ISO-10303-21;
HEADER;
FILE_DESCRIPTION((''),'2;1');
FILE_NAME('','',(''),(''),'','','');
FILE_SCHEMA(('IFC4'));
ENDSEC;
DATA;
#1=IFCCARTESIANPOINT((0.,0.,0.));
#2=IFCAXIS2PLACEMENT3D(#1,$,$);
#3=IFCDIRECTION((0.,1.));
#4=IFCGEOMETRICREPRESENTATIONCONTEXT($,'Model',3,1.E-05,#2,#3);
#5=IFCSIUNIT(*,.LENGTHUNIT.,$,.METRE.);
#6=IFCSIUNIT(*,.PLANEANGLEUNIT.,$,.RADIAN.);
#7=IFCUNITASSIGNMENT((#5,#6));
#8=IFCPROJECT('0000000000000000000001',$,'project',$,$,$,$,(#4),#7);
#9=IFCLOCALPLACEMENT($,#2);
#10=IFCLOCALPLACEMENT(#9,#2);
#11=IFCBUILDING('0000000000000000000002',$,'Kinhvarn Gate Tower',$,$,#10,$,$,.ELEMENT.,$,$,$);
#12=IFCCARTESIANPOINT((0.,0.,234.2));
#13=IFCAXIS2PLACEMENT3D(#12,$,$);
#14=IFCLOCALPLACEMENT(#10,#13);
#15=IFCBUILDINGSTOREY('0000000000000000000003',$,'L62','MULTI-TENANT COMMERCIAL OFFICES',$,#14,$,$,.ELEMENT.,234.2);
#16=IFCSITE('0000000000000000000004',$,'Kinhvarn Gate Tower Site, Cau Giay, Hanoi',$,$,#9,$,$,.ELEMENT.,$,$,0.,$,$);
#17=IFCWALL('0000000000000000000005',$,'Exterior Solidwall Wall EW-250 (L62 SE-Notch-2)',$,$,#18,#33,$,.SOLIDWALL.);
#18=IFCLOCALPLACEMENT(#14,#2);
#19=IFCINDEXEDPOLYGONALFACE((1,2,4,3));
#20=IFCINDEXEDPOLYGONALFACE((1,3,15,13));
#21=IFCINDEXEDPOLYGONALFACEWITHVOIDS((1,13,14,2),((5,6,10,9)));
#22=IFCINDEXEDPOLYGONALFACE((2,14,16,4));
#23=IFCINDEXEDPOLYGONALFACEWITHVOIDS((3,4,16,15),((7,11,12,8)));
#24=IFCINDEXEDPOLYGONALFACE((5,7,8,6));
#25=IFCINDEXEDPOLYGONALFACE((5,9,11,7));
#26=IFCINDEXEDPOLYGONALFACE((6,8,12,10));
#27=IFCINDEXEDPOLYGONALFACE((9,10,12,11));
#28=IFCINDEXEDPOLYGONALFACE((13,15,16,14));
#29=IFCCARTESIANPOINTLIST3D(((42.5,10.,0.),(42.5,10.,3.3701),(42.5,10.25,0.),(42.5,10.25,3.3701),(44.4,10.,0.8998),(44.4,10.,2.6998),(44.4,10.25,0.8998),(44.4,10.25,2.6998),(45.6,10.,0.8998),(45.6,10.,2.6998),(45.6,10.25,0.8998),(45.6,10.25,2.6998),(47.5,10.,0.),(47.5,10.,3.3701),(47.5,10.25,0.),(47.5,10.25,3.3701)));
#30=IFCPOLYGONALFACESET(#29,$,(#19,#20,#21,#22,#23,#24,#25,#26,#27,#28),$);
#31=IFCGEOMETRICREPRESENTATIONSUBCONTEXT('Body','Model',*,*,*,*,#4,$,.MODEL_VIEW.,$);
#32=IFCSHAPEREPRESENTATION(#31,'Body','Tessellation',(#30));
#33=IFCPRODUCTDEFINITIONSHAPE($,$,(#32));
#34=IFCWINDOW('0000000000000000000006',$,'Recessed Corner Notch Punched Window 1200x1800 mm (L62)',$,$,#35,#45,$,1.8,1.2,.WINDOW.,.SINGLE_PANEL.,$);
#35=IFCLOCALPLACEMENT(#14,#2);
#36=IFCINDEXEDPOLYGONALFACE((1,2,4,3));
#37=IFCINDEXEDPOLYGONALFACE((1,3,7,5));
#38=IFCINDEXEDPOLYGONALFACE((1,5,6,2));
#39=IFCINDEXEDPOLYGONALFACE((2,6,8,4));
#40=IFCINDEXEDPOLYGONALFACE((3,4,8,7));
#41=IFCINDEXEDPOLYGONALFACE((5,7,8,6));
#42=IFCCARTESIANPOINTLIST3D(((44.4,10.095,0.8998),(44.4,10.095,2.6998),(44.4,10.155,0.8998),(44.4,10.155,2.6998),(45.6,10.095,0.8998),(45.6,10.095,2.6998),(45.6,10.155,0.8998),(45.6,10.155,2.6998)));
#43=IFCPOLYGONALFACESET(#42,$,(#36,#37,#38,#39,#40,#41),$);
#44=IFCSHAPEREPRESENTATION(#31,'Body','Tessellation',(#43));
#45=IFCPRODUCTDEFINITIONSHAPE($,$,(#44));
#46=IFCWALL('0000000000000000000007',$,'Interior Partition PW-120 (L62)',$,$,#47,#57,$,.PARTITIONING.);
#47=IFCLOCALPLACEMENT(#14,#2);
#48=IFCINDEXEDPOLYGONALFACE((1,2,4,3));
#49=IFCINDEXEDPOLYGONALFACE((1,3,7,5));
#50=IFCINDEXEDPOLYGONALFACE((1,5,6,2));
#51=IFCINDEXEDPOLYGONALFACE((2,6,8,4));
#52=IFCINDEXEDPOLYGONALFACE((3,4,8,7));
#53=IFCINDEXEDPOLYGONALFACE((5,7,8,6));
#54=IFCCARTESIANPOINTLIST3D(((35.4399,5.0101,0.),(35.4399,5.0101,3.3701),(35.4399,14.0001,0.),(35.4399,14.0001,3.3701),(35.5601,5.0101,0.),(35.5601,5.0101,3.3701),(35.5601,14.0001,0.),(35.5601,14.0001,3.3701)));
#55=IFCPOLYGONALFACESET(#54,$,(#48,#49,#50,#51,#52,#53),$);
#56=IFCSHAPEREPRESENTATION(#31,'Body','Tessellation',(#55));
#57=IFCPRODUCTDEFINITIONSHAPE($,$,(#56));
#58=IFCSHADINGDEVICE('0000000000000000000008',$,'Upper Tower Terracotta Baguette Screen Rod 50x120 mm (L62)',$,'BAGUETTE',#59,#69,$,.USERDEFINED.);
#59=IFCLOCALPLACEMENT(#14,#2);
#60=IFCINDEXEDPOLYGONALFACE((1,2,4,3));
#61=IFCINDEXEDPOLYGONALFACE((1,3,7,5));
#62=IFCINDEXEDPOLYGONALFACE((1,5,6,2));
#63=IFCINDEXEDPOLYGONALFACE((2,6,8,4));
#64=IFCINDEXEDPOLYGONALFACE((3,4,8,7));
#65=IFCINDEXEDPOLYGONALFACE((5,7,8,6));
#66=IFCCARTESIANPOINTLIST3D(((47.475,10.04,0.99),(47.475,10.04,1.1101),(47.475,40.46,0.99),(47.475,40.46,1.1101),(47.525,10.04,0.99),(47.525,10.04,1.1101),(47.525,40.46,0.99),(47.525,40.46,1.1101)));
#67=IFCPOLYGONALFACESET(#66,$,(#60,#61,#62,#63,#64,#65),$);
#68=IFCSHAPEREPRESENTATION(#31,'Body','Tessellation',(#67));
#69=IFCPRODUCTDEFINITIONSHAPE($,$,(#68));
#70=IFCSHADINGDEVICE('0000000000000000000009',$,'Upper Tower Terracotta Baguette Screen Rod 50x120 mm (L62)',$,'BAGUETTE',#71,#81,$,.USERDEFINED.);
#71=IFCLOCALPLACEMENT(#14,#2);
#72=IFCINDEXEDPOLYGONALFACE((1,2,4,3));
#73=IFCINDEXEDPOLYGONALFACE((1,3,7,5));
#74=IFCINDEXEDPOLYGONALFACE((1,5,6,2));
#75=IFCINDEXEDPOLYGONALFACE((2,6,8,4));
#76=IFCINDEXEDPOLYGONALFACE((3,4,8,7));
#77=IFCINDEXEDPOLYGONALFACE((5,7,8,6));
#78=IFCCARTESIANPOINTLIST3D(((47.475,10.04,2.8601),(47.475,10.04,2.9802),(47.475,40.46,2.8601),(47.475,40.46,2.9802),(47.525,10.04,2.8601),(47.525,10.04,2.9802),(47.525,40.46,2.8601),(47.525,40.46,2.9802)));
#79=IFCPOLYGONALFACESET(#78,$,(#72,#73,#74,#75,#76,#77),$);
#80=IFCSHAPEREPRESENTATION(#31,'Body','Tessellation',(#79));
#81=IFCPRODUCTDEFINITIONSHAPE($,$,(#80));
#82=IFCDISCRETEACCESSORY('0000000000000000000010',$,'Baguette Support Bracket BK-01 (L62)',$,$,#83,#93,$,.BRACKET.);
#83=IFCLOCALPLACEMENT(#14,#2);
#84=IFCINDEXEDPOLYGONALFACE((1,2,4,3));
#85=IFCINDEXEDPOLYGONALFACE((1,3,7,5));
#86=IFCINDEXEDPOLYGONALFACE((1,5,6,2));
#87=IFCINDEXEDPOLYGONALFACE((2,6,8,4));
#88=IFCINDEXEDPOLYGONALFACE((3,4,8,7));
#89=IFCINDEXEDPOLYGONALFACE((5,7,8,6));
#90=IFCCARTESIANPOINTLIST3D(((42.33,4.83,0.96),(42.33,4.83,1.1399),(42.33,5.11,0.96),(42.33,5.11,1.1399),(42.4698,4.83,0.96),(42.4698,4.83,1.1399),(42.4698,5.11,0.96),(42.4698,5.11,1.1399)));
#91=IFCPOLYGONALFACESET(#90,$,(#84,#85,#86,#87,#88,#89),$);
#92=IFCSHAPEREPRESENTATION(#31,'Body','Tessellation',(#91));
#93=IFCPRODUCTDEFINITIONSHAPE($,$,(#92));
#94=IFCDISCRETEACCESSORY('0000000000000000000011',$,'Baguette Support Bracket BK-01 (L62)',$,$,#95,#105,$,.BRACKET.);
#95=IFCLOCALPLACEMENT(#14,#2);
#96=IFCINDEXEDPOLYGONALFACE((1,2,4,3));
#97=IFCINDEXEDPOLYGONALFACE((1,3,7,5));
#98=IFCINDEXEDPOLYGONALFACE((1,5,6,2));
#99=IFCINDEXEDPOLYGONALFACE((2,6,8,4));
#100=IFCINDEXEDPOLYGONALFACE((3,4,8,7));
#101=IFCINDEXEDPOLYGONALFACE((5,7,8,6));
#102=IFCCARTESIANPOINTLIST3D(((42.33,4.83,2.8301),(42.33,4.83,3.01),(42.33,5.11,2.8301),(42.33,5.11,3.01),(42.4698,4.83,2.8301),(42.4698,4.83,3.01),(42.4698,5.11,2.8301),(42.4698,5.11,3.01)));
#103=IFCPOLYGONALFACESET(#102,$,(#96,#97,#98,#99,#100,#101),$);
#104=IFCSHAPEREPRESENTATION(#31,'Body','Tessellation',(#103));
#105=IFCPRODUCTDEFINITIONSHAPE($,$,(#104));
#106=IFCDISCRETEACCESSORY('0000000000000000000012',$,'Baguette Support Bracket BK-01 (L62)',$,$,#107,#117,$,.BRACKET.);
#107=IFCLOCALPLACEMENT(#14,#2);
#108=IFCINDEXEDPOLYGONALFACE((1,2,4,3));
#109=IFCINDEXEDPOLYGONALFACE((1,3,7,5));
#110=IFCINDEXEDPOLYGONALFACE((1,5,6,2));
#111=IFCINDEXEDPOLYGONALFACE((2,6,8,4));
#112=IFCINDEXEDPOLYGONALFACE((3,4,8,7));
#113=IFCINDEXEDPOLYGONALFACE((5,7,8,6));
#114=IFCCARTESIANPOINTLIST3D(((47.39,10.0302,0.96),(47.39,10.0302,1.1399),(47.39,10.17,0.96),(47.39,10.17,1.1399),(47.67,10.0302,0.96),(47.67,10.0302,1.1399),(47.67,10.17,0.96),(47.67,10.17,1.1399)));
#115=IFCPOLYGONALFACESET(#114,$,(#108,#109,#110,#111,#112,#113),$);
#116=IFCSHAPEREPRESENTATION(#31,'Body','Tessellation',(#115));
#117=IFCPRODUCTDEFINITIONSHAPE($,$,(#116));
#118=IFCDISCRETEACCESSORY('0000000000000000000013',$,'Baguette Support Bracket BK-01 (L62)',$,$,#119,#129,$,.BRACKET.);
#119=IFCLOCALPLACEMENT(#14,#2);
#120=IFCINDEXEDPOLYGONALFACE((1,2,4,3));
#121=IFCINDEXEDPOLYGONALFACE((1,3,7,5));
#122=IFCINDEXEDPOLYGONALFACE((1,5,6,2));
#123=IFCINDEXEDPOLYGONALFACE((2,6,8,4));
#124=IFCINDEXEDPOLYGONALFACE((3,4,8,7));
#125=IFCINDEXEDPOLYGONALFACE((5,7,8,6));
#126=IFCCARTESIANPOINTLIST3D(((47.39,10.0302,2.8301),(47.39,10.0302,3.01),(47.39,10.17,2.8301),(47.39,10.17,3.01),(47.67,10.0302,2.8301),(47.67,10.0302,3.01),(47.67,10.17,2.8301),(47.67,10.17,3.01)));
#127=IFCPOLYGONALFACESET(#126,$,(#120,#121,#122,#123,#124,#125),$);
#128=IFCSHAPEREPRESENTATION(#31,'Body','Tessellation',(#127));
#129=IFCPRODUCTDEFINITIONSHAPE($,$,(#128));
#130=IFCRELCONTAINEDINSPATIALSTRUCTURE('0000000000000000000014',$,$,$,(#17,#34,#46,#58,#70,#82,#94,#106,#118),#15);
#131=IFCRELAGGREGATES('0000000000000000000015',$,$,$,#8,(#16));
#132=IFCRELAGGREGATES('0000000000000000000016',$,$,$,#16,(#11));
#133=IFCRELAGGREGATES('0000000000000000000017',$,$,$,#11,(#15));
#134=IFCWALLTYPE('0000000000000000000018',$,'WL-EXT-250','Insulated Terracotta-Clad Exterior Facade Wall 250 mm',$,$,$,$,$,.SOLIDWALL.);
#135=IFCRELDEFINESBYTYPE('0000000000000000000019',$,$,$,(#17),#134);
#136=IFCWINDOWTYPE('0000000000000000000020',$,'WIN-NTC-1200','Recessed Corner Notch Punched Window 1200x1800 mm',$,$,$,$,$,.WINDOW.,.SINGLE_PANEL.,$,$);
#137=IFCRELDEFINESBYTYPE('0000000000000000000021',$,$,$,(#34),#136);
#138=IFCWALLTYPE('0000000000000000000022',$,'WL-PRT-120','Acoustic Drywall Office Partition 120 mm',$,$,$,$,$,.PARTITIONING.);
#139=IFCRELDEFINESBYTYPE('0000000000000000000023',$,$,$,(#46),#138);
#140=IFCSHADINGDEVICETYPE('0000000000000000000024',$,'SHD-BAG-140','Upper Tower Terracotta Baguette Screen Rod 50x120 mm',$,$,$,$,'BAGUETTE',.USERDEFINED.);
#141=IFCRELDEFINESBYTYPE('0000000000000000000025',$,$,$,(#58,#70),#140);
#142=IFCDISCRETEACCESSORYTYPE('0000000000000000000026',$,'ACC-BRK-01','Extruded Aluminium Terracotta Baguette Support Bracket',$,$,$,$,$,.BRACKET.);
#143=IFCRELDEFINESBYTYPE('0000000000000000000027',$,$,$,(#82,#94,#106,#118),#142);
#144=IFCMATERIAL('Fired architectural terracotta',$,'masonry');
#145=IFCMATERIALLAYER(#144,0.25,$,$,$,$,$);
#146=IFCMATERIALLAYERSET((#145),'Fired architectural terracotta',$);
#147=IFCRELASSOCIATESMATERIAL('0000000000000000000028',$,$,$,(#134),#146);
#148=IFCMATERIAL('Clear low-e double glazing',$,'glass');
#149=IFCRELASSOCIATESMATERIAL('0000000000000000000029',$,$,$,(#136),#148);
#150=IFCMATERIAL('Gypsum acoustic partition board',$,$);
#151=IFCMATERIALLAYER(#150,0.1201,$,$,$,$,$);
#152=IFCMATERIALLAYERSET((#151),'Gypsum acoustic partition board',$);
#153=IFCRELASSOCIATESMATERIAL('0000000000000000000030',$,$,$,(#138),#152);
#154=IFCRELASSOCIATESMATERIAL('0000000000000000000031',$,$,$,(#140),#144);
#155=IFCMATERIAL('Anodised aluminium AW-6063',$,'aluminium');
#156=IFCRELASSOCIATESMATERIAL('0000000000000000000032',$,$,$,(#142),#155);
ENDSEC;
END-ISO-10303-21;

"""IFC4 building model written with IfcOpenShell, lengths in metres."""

from ifc_helpers import new_model, si_unit, direction, frame, frame_2d, origin, origin_2d, place, context, subcontext, project, spatial, rectangle, extrude, material, layer, layer_set, material_profile, profile_set, type_object, element, fill, save


model = new_model("IFC4")

# Units and contexts
model_context = context("Model", 3, precision=1e-05, world=origin(), true_north=direction((0.0, 1.0)))
body_context = subcontext(model_context, "Body", "Model", "MODEL_VIEW")
ifc_project = project(units=[si_unit("LENGTHUNIT", "METRE"), si_unit("PLANEANGLEUNIT", "RADIAN")], contexts=[model_context])

# Site, building, storey
site_placement = place(None, origin())
site = spatial("IfcSite", under=ifc_project, at=site_placement, Name="Kinhvarn Gate Tower Site, Cau Giay, Hanoi", CompositionType="ELEMENT", RefElevation=0.0)
building_placement = place(site_placement, origin())
building = spatial("IfcBuilding", under=site, at=building_placement, Name="Kinhvarn Gate Tower", CompositionType="ELEMENT")
storey_placement = place(building_placement, frame((0.0, 0.0, 234.2)))
storey = spatial("IfcBuildingStorey", under=building, at=storey_placement, Name="L62", Description="MULTI-TENANT COMMERCIAL OFFICES", CompositionType="ELEMENT", Elevation=234.2)

# Shared definitions
ifc_material_1 = material(Name="Anodised aluminium AW-6063", Category="aluminium")

# Shared definitions
ifc_material_2 = material(Name="Clear low-e double glazing", Category="glass")

# Shared definitions
ifc_material_3 = material(Name="Fired architectural terracotta", Category="masonry")
ifc_layer_1 = layer(ifc_material_3, 0.25)
ifc_layer_set_1 = layer_set([ifc_layer_1], Name="Fired architectural terracotta")
wall_type_1 = type_object("IfcWallType", Name="WL-EXT-250", Description="Insulated Terracotta-Clad Exterior Facade Wall 250 mm", PredefinedType="SOLIDWALL", material=ifc_layer_set_1)

# Wall, opening, window
wall_1_placement = place(storey_placement, frame((42.5, 10.125, 0.0), z_axis=(0.0, 0.0, 1.0), x_axis=(1.0, 0.0, 0.0)))
wall_1 = element("IfcWall", 1, at=wall_1_placement, inside=storey, type_object=wall_type_1, Name="Exterior Solidwall Wall EW-250 (L62 SE-Notch-2)", PredefinedType="SOLIDWALL", context=body_context, shape_type="SweptSolid", body=[
    extrude(rectangle(XDim=5.0, YDim=0.25, at=frame_2d((2.5, 0.0))), origin(), (0.0, 0.0, 1.0), 3.3701),
])
opening_placement = place(wall_1_placement, frame((1.8999, 0.0, 0.8999)))
opening = element("IfcOpeningElement", 2, at=opening_placement, cuts=wall_1, PredefinedType="OPENING", context=body_context, shape_type="SweptSolid", body=[
    extrude(rectangle(XDim=1.2, YDim=1.8, at=frame_2d((0.6001, 0.8999))), frame((0.0, 0.135, 0.0), z_axis=(0.0, -1.0, 0.0), x_axis=(1.0, 0.0, 0.0)), (0.0, 0.0, 1.0), 0.27),
])
window_type = type_object("IfcWindowType", Name="WIN-NTC-1200", Description="Recessed Corner Notch Punched Window 1200x1800 mm", PartitioningType="SINGLE_PANEL", PredefinedType="WINDOW", material=ifc_material_2)
window_placement = place(opening_placement, origin())
window = element("IfcWindow", 3, at=window_placement, inside=storey, type_object=window_type, Name="Recessed Corner Notch Punched Window 1200x1800 mm (L62)", OverallHeight=1.8, OverallWidth=1.2, PartitioningType="SINGLE_PANEL", PredefinedType="WINDOW", context=body_context, shape_type="SweptSolid", body=[
    extrude(rectangle(XDim=1.2, YDim=1.8, at=frame_2d((0.6001, 0.8999))), frame((0.0, 0.03, 0.0), z_axis=(0.0, -1.0, 0.0), x_axis=(1.0, 0.0, 0.0)), (0.0, 0.0, 1.0), 0.0601),
])
fill(opening, window)

# Wall
ifc_material_4 = material(Name="Gypsum acoustic partition board")
ifc_layer_2 = layer(ifc_material_4, 0.1201)
ifc_layer_set_2 = layer_set([ifc_layer_2], Name="Gypsum acoustic partition board")
wall_type_2 = type_object("IfcWallType", Name="WL-PRT-120", Description="Acoustic Drywall Office Partition 120 mm", PredefinedType="PARTITIONING", material=ifc_layer_set_2)
wall_2_placement = place(storey_placement, frame((35.5, 5.01, 0.0), z_axis=(0.0, 0.0, 1.0), x_axis=(0.0, 1.0, 0.0)))
element("IfcWall", 4, at=wall_2_placement, inside=storey, type_object=wall_type_2, Name="Interior Partition PW-120 (L62)", PredefinedType="PARTITIONING", context=body_context, shape_type="SweptSolid", body=[
    extrude(rectangle(XDim=8.99, YDim=0.1201, at=frame_2d((4.4951, 0.0))), origin(), (0.0, 0.0, 1.0), 3.3701),
])

# Shading devices
ifc_material_profile_1 = material_profile(ifc_material_3, rectangle(XDim=0.05, YDim=0.1201, at=origin_2d()), Name="TC 50x120")
ifc_profile_set_1 = profile_set([ifc_material_profile_1], Name="Fired architectural terracotta")
shading_device_type = type_object("IfcShadingDeviceType", Name="SHD-BAG-140", Description="Upper Tower Terracotta Baguette Screen Rod 50x120 mm", ElementType="BAGUETTE", PredefinedType="USERDEFINED", material=ifc_profile_set_1)
for number, where, z_axis, x_axis, name in (
    (5, (47.5, 10.04, 1.05), (0.0, 1.0, 0.0), (-1.0, 0.0, 0.0), "Upper Tower Terracotta Baguette Screen Rod 50x120 mm (L62)"),
    (6, (47.5, 10.04, 2.9202), (0.0, 1.0, 0.0), (-1.0, 0.0, 0.0), "Upper Tower Terracotta Baguette Screen Rod 50x120 mm (L62)"),
):
    element("IfcShadingDevice", number, at=place(storey_placement, frame(where, z_axis=z_axis, x_axis=x_axis)), inside=storey, type_object=shading_device_type, Name=name, ObjectType="BAGUETTE", PredefinedType="USERDEFINED", context=body_context, shape_type="SweptSolid", body=[
        extrude(rectangle(XDim=0.05, YDim=0.1201, at=origin_2d()), origin(), (0.0, 0.0, 1.0), 30.4199),
    ])

# Discrete accessories
discrete_accessory_type = type_object("IfcDiscreteAccessoryType", Name="ACC-BRK-01", Description="Extruded Aluminium Terracotta Baguette Support Bracket", PredefinedType="BRACKET", material=ifc_material_1)
for number, where, z_axis, x_axis, name in (
    (7, (42.3999, 4.97, 0.96), (0.0, 0.0, 1.0), (1.0, 0.0, 0.0), "Baguette Support Bracket BK-01 (L62)"),
    (8, (42.3999, 4.97, 2.8301), (0.0, 0.0, 1.0), (1.0, 0.0, 0.0), "Baguette Support Bracket BK-01 (L62)"),
    (9, (47.53, 10.1001, 0.96), (0.0, 0.0, 1.0), (0.0, 1.0, 0.0), "Baguette Support Bracket BK-01 (L62)"),
    (10, (47.53, 10.1001, 2.8301), (0.0, 0.0, 1.0), (0.0, 1.0, 0.0), "Baguette Support Bracket BK-01 (L62)"),
):
    element("IfcDiscreteAccessory", number, at=place(storey_placement, frame(where, z_axis=z_axis, x_axis=x_axis)), inside=storey, type_object=discrete_accessory_type, Name=name, PredefinedType="BRACKET", context=body_context, shape_type="SweptSolid", body=[
        extrude(rectangle(XDim=0.1399, YDim=0.28, at=origin_2d()), origin(), (0.0, 0.0, 1.0), 0.1799),
    ])

save(model, "model.ifc")
